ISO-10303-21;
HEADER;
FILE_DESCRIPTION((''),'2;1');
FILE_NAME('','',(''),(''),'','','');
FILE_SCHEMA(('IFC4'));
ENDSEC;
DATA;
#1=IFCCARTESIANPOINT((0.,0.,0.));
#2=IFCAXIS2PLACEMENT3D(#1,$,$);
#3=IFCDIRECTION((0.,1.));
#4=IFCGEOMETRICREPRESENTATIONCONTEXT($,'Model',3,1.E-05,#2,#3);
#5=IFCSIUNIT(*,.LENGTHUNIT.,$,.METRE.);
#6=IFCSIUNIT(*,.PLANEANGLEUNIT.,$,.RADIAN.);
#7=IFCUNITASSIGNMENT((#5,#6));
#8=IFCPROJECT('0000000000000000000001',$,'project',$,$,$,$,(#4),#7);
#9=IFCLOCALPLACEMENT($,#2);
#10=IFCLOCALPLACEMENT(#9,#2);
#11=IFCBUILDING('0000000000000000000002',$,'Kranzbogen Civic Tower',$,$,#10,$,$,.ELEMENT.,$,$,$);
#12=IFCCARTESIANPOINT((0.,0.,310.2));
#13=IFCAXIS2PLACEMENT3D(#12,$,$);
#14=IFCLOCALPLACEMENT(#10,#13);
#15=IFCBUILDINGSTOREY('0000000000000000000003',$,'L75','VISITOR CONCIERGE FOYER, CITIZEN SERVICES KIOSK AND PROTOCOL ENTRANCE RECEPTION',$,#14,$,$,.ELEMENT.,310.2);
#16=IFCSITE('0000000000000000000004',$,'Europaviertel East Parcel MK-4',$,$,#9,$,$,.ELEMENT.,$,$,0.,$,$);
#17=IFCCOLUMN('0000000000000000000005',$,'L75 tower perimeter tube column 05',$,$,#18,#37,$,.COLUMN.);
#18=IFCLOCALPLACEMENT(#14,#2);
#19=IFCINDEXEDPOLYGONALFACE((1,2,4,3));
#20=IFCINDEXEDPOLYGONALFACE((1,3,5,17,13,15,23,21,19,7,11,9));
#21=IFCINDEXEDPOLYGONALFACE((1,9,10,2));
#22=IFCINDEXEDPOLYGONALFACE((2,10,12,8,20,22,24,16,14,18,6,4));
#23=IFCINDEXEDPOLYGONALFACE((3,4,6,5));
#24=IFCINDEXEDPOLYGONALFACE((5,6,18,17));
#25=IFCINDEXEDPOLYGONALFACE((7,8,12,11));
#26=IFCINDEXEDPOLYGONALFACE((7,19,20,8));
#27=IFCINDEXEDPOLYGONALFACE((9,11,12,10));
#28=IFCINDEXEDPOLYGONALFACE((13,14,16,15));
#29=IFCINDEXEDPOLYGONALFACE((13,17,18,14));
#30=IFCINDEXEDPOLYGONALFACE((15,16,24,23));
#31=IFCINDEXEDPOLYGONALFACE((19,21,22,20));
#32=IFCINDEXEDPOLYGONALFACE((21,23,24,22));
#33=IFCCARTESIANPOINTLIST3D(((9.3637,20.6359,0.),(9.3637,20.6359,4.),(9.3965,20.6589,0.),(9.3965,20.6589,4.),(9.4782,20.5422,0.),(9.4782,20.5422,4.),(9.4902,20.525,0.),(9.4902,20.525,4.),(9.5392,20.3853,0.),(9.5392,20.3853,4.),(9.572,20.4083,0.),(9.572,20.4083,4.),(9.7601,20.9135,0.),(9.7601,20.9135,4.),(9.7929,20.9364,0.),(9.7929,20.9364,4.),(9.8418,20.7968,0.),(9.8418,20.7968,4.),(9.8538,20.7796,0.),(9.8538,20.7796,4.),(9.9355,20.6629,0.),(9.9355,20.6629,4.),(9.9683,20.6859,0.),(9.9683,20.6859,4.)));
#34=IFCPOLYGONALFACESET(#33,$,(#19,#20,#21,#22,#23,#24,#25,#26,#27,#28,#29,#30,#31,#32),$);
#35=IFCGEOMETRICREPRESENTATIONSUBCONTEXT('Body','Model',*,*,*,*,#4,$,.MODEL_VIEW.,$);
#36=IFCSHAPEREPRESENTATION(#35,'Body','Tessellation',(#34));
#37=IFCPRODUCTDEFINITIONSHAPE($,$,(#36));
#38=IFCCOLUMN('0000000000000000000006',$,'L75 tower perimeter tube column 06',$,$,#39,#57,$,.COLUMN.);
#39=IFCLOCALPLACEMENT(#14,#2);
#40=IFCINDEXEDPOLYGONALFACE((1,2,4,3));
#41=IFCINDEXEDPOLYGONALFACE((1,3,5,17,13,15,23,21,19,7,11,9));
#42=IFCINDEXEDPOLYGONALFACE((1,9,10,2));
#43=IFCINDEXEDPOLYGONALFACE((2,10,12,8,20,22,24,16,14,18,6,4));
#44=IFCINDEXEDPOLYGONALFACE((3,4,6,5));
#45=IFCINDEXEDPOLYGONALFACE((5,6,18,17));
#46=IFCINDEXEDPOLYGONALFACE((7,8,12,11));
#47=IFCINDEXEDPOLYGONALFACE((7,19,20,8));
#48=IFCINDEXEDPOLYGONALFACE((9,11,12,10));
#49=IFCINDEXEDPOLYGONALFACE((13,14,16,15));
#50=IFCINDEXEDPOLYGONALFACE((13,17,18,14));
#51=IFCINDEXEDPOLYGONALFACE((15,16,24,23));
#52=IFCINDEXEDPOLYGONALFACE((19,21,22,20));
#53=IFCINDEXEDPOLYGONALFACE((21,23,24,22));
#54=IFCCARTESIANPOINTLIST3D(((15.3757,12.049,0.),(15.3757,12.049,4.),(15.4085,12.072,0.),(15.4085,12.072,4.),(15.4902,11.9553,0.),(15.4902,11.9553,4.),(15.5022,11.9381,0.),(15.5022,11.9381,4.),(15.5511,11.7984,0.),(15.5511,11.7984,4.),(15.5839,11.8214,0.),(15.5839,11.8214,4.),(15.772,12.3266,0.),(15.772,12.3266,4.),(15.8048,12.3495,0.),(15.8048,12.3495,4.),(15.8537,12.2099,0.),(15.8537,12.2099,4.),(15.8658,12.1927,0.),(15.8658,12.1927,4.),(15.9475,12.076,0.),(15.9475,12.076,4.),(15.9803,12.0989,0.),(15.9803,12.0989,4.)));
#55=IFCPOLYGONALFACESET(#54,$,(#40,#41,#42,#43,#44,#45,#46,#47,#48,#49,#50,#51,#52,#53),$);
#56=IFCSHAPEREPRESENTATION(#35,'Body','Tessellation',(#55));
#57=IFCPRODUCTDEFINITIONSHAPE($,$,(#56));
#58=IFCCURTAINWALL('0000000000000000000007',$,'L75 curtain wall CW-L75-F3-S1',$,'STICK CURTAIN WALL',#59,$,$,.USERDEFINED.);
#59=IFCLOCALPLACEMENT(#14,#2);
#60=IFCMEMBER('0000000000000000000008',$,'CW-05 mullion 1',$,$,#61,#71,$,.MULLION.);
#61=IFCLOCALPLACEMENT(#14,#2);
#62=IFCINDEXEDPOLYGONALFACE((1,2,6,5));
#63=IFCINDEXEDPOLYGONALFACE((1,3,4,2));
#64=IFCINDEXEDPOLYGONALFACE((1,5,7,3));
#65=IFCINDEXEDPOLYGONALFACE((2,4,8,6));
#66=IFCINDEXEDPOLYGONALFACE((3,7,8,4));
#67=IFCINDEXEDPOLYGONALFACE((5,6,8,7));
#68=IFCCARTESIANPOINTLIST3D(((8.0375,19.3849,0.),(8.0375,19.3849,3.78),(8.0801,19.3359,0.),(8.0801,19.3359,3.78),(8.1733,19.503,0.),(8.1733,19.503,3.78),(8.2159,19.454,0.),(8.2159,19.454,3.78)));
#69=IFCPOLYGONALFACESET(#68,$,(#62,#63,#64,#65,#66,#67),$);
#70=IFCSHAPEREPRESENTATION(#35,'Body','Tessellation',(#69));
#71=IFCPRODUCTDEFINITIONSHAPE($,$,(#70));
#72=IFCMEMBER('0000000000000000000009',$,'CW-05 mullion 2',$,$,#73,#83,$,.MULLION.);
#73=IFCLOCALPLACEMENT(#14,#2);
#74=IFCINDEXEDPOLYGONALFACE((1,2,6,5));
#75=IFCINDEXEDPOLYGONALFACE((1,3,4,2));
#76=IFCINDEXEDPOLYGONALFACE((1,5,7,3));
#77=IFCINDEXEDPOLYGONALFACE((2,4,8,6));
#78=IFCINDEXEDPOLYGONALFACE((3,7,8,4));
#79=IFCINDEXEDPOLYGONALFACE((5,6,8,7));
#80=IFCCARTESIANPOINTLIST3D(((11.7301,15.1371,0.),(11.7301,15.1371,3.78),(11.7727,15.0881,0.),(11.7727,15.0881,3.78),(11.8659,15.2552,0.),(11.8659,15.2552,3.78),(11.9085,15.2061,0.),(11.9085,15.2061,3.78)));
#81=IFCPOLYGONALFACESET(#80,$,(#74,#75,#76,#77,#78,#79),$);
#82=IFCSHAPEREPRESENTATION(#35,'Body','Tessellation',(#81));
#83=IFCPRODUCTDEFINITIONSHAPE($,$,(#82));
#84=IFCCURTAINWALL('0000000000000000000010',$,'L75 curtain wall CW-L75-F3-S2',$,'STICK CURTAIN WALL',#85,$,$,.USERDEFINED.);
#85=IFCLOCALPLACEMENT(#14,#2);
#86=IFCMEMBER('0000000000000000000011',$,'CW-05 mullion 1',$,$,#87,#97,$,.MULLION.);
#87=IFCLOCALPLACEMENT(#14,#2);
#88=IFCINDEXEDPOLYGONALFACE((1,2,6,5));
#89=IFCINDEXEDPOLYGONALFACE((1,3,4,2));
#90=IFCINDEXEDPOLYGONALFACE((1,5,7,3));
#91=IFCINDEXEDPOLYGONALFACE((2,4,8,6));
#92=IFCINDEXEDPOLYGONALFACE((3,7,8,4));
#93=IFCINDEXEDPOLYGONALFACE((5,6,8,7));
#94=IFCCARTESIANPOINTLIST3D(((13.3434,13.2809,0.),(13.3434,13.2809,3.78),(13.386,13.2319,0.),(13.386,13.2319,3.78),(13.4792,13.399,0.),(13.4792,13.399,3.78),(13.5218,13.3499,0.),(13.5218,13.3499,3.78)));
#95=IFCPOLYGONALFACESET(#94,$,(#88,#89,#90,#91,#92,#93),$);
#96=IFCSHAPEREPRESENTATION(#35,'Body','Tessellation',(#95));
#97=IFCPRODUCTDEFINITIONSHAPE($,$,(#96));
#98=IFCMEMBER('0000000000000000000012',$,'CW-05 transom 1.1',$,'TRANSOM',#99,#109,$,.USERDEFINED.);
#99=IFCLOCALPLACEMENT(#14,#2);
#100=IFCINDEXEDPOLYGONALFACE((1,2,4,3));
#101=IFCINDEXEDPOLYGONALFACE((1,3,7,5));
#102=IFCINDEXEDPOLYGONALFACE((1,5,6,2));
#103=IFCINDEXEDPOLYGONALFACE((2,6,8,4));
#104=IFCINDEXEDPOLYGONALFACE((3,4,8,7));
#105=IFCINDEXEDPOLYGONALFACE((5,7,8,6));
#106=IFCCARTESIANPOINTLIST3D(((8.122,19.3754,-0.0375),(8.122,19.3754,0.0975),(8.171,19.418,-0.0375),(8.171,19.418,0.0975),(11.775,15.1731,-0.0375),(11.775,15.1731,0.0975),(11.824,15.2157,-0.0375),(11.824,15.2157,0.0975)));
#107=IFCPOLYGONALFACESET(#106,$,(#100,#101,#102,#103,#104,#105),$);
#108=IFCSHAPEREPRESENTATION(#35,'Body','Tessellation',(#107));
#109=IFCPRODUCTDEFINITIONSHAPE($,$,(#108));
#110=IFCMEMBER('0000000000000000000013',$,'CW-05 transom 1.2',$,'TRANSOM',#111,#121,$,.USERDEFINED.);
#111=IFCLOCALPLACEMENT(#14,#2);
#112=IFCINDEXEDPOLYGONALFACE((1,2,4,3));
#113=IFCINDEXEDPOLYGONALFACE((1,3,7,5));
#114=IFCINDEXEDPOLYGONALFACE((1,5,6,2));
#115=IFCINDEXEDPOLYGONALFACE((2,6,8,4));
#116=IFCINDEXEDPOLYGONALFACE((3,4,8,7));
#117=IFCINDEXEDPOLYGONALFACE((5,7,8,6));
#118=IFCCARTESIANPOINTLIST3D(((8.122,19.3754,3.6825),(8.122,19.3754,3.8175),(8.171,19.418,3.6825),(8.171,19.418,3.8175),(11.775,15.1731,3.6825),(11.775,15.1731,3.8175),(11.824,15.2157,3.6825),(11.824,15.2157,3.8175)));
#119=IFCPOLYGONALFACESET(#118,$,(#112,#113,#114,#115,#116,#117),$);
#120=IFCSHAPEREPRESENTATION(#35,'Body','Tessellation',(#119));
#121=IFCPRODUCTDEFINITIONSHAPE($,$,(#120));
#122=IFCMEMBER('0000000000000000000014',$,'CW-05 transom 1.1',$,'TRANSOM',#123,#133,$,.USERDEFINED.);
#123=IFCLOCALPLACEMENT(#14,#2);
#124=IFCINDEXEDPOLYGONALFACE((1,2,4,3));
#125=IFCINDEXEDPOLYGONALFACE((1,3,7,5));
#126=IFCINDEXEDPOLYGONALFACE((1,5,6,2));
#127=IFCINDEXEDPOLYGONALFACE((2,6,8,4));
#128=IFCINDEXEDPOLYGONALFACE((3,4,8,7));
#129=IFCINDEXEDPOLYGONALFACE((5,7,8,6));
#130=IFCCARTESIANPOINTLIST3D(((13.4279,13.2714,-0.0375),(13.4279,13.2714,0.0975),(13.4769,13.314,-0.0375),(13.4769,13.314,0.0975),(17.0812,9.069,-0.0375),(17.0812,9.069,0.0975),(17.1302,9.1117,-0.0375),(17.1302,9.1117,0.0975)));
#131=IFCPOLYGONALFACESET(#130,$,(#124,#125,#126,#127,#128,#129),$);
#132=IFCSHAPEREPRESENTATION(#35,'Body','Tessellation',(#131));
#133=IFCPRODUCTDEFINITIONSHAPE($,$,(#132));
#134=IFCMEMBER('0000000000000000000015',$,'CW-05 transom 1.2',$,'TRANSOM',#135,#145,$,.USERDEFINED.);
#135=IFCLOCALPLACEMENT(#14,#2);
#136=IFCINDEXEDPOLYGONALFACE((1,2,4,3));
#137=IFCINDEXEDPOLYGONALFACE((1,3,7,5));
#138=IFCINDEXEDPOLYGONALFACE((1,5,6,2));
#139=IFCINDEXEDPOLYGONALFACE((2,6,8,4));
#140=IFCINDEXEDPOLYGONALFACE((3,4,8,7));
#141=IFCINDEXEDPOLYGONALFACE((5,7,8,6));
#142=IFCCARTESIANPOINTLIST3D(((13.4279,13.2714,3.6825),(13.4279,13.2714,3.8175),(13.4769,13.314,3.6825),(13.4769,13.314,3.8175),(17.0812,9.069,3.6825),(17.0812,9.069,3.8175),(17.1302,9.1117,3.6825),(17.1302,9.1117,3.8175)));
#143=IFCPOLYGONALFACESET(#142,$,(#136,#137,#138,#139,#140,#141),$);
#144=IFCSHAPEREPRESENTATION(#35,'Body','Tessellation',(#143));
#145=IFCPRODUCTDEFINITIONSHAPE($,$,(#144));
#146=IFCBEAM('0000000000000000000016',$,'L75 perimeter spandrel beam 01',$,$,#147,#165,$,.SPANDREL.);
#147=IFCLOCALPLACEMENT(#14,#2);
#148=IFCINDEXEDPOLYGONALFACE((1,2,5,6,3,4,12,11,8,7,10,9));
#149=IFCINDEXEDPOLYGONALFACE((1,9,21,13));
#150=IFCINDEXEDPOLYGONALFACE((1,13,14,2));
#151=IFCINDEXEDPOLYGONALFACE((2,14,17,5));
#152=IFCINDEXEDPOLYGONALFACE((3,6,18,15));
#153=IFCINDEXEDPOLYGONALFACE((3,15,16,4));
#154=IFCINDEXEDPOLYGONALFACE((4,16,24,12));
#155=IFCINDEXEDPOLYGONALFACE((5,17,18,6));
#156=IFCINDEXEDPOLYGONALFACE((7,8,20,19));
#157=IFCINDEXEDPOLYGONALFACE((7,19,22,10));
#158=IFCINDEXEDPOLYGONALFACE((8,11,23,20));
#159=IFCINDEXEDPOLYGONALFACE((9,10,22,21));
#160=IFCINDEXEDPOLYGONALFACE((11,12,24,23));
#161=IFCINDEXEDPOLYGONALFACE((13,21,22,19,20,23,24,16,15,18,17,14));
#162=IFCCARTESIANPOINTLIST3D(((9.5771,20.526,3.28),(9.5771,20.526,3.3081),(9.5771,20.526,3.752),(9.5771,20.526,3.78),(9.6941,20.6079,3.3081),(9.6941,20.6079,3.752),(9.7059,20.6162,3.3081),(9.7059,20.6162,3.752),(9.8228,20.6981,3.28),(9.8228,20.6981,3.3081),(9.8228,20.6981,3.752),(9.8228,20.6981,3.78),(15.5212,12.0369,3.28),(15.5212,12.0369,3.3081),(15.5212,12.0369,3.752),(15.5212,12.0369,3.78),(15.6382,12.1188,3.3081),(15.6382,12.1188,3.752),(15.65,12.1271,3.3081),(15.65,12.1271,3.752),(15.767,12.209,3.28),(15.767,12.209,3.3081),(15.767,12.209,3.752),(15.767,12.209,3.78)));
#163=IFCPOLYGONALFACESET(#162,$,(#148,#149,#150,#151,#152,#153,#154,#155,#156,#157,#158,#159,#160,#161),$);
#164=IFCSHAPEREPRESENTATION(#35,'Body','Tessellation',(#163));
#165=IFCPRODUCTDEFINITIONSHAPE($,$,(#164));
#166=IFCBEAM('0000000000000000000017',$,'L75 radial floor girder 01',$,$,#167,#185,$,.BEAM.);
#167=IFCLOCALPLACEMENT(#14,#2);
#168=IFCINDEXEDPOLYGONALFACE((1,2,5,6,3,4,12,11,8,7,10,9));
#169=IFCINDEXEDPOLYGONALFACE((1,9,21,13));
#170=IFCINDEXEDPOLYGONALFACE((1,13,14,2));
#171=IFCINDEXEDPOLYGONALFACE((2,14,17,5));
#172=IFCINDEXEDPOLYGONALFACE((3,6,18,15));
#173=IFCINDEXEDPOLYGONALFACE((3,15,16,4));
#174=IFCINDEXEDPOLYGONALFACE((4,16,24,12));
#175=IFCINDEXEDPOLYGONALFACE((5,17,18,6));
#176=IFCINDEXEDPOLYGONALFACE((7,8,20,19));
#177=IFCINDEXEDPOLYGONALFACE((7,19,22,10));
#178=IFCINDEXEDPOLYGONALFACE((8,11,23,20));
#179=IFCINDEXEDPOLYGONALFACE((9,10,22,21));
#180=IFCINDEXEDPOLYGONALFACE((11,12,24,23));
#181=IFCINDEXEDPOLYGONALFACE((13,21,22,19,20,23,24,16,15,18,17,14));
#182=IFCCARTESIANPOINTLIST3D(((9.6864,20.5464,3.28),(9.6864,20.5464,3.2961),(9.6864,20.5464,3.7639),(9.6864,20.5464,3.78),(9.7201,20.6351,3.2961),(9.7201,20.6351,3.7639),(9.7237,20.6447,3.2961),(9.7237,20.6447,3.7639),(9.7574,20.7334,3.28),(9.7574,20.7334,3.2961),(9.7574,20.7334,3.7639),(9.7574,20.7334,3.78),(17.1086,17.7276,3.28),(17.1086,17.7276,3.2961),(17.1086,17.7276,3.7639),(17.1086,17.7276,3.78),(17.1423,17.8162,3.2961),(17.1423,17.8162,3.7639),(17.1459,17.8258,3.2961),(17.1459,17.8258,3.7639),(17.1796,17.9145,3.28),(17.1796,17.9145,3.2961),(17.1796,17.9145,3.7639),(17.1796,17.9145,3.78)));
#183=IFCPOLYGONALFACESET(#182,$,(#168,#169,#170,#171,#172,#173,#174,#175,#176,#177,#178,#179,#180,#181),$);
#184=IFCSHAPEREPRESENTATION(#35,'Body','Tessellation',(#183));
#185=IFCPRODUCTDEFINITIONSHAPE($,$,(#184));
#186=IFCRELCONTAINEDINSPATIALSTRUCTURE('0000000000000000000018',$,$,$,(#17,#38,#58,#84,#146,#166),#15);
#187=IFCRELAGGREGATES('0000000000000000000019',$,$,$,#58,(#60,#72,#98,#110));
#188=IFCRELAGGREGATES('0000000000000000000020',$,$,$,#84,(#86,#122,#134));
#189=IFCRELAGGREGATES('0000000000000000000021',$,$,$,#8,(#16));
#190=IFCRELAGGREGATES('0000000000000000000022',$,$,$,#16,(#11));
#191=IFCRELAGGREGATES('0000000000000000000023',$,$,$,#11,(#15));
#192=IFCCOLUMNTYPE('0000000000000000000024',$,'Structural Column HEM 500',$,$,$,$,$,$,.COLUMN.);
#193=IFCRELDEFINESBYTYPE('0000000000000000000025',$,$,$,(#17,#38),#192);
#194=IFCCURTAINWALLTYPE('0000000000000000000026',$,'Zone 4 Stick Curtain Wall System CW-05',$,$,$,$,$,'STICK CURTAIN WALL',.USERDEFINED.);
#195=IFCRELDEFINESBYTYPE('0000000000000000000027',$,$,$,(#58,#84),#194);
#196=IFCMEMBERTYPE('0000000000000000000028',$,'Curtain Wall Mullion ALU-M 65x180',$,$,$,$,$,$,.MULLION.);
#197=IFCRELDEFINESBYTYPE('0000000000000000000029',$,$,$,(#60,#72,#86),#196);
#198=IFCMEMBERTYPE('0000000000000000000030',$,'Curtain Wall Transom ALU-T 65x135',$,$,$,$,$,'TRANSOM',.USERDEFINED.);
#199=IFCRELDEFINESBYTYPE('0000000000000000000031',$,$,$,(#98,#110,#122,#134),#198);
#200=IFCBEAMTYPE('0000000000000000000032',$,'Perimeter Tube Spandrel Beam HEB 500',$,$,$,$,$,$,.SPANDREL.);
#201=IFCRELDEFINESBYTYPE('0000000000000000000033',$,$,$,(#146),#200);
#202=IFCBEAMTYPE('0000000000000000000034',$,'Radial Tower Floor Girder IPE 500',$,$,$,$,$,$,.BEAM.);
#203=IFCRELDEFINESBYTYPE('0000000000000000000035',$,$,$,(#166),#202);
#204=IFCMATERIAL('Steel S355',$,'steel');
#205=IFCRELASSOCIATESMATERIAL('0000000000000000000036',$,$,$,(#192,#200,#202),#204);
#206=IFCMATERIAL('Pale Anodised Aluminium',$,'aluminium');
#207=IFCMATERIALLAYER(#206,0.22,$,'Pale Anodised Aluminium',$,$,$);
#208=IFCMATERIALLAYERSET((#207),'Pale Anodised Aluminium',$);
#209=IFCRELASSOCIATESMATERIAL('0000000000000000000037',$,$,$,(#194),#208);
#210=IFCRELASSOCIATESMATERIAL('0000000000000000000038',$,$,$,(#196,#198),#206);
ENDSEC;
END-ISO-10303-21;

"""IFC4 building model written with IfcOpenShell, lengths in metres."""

from ifc_helpers import new_model, si_unit, direction, frame, origin, origin_2d, place, context, subcontext, project, spatial, rectangle, i_section, extrude, material, layer, layer_set, material_profile, profile_set, type_object, element, aggregate, save


model = new_model("IFC4")

# Units and contexts
model_context = context("Model", 3, precision=1e-05, world=origin(), true_north=direction((0.0, 1.0)))
body_context = subcontext(model_context, "Body", "Model", "MODEL_VIEW")
ifc_project = project(units=[si_unit("LENGTHUNIT", "METRE"), si_unit("PLANEANGLEUNIT", "RADIAN")], contexts=[model_context])

# Site, building, storey
site_placement = place(None, origin())
site = spatial("IfcSite", under=ifc_project, at=site_placement, Name="Europaviertel East Parcel MK-4", CompositionType="ELEMENT", RefElevation=0.0)
building_placement = place(site_placement, origin())
building = spatial("IfcBuilding", under=site, at=building_placement, Name="Kranzbogen Civic Tower", CompositionType="ELEMENT")
storey_placement = place(building_placement, frame((0.0, 0.0, 310.2)))
storey = spatial("IfcBuildingStorey", under=building, at=storey_placement, Name="L75", Description="VISITOR CONCIERGE FOYER, CITIZEN SERVICES KIOSK AND PROTOCOL ENTRANCE RECEPTION", CompositionType="ELEMENT", Elevation=310.2)

# Columns
ifc_material_1 = material(Name="Steel S355", Category="steel")
ifc_material_profile_1 = material_profile(ifc_material_1, i_section(OverallWidth=0.3059, OverallDepth=0.5239, WebThickness=0.021, FlangeThickness=0.04, at=origin_2d()), Name="HEM 500")
ifc_profile_set_1 = profile_set([ifc_material_profile_1], Name="Steel S355")
column_type = type_object("IfcColumnType", Name="Structural Column HEM 500", PredefinedType="COLUMN", material=ifc_profile_set_1)
for number, where, z_axis, x_axis, name in (
    (1, (9.666, 20.6609, 0.0), (0.0, 0.0, 1.0), (-0.573576, 0.819152, 0.0), "L75 tower perimeter tube column 05"),
    (2, (15.678, 12.074, 0.0), (0.0, 0.0, 1.0), (-0.573576, 0.819152, 0.0), "L75 tower perimeter tube column 06"),
):
    element("IfcColumn", number, at=place(storey_placement, frame(where, z_axis=z_axis, x_axis=x_axis)), inside=storey, type_object=column_type, Name=name, PredefinedType="COLUMN", context=body_context, shape_type="SweptSolid", body=[
        extrude(i_section(OverallWidth=0.3059, OverallDepth=0.5239, WebThickness=0.021, FlangeThickness=0.04, at=origin_2d()), origin(), (0.0, 0.0, 1.0), 4.0),
    ])

# Curtain wall, members
ifc_material_2 = material(Name="Pale Anodised Aluminium", Category="aluminium")
ifc_layer_1 = layer(ifc_material_2, 0.22, Name="Pale Anodised Aluminium")
ifc_layer_set_1 = layer_set([ifc_layer_1], Name="Pale Anodised Aluminium")
curtain_wall_type = type_object("IfcCurtainWallType", Name="Zone 4 Stick Curtain Wall System CW-05", ElementType="STICK CURTAIN WALL", PredefinedType="USERDEFINED", material=ifc_layer_set_1)
curtain_wall_1_placement = place(storey_placement, origin())
curtain_wall_1 = element("IfcCurtainWall", 3, at=curtain_wall_1_placement, inside=storey, type_object=curtain_wall_type, Name="L75 curtain wall CW-L75-F3-S1", ObjectType="STICK CURTAIN WALL", PredefinedType="USERDEFINED")
ifc_material_profile_2 = material_profile(ifc_material_2, rectangle(XDim=0.0649, YDim=0.1799, at=origin_2d()), Name="ALU-M 65x180")
ifc_profile_set_2 = profile_set([ifc_material_profile_2], Name="Pale Anodised Aluminium")
member_type_1 = type_object("IfcMemberType", Name="Curtain Wall Mullion ALU-M 65x180", PredefinedType="MULLION", material=ifc_profile_set_2)
member_1_placement = place(storey_placement, frame((8.1267, 19.4194, 0.0), z_axis=(0.0, 0.0, 1.0), x_axis=(0.656074, -0.754696, 0.0)))
member_1 = element("IfcMember", 4, at=member_1_placement, type_object=member_type_1, Name="CW-05 mullion 1", PredefinedType="MULLION", context=body_context, shape_type="SweptSolid", body=[
    extrude(rectangle(XDim=0.0649, YDim=0.1799, at=origin_2d()), origin(), (0.0, 0.0, 1.0), 3.78),
])
member_2_placement = place(storey_placement, frame((11.8193, 15.1716, 0.0), z_axis=(0.0, 0.0, 1.0), x_axis=(0.656074, -0.754696, 0.0)))
member_2 = element("IfcMember", 5, at=member_2_placement, type_object=member_type_1, Name="CW-05 mullion 2", PredefinedType="MULLION", context=body_context, shape_type="SweptSolid", body=[
    extrude(rectangle(XDim=0.0649, YDim=0.1799, at=origin_2d()), origin(), (0.0, 0.0, 1.0), 3.78),
])

# Curtain wall, member
curtain_wall_2_placement = place(storey_placement, origin())
curtain_wall_2 = element("IfcCurtainWall", 6, at=curtain_wall_2_placement, inside=storey, type_object=curtain_wall_type, Name="L75 curtain wall CW-L75-F3-S2", ObjectType="STICK CURTAIN WALL", PredefinedType="USERDEFINED")
member_3_placement = place(storey_placement, frame((13.4326, 13.3154, 0.0), z_axis=(0.0, 0.0, 1.0), x_axis=(0.656074, -0.754696, 0.0)))
member_3 = element("IfcMember", 7, at=member_3_placement, type_object=member_type_1, Name="CW-05 mullion 1", PredefinedType="MULLION", context=body_context, shape_type="SweptSolid", body=[
    extrude(rectangle(XDim=0.0649, YDim=0.1799, at=origin_2d()), origin(), (0.0, 0.0, 1.0), 3.78),
])

# Members
ifc_material_profile_3 = material_profile(ifc_material_2, rectangle(XDim=0.0649, YDim=0.135, at=origin_2d()), Name="ALU-T 65x135")
ifc_profile_set_3 = profile_set([ifc_material_profile_3], Name="Pale Anodised Aluminium")
member_type_2 = type_object("IfcMemberType", Name="Curtain Wall Transom ALU-T 65x135", ElementType="TRANSOM", PredefinedType="USERDEFINED", material=ifc_profile_set_3)
member_4_placement = place(storey_placement, frame((8.1465, 19.3967, 0.03), z_axis=(0.656058, -0.75471, 0.0), x_axis=(0.75471, 0.656058, 0.0)))
member_4 = element("IfcMember", 8, at=member_4_placement, type_object=member_type_2, Name="CW-05 transom 1.1", ObjectType="TRANSOM", PredefinedType="USERDEFINED", context=body_context, shape_type="SweptSolid", body=[
    extrude(rectangle(XDim=0.0649, YDim=0.135, at=origin_2d()), origin(), (0.0, 0.0, 1.0), 5.5681),
])
member_5_placement = place(storey_placement, frame((8.1465, 19.3967, 3.75), z_axis=(0.656058, -0.75471, 0.0), x_axis=(0.75471, 0.656058, 0.0)))
member_5 = element("IfcMember", 9, at=member_5_placement, type_object=member_type_2, Name="CW-05 transom 1.2", ObjectType="TRANSOM", PredefinedType="USERDEFINED", context=body_context, shape_type="SweptSolid", body=[
    extrude(rectangle(XDim=0.0649, YDim=0.135, at=origin_2d()), origin(), (0.0, 0.0, 1.0), 5.5681),
])
member_6_placement = place(storey_placement, frame((13.4524, 13.2927, 0.03), z_axis=(0.656083, -0.754689, 0.0), x_axis=(0.754689, 0.656083, 0.0)))
member_6 = element("IfcMember", 10, at=member_6_placement, type_object=member_type_2, Name="CW-05 transom 1.1", ObjectType="TRANSOM", PredefinedType="USERDEFINED", context=body_context, shape_type="SweptSolid", body=[
    extrude(rectangle(XDim=0.0649, YDim=0.135, at=origin_2d()), origin(), (0.0, 0.0, 1.0), 5.5684),
])
member_7_placement = place(storey_placement, frame((13.4524, 13.2927, 3.75), z_axis=(0.656083, -0.754689, 0.0), x_axis=(0.754689, 0.656083, 0.0)))
member_7 = element("IfcMember", 11, at=member_7_placement, type_object=member_type_2, Name="CW-05 transom 1.2", ObjectType="TRANSOM", PredefinedType="USERDEFINED", context=body_context, shape_type="SweptSolid", body=[
    extrude(rectangle(XDim=0.0649, YDim=0.135, at=origin_2d()), origin(), (0.0, 0.0, 1.0), 5.5684),
])

# Beams
ifc_material_profile_4 = material_profile(ifc_material_1, i_section(OverallWidth=0.3, OverallDepth=0.5, WebThickness=0.0144, FlangeThickness=0.0281, at=origin_2d()), Name="HEB 500")
ifc_profile_set_4 = profile_set([ifc_material_profile_4], Name="Steel S355")
beam_type_1 = type_object("IfcBeamType", Name="Perimeter Tube Spandrel Beam HEB 500", PredefinedType="SPANDREL", material=ifc_profile_set_4)
beam_1_placement = place(storey_placement, frame((9.7, 20.6121, 3.53), z_axis=(0.573578, -0.819151, 0.0), x_axis=(0.819151, 0.573578, 0.0)))
element("IfcBeam", 12, at=beam_1_placement, inside=storey, type_object=beam_type_1, Name="L75 perimeter spandrel beam 01", PredefinedType="SPANDREL", context=body_context, shape_type="SweptSolid", body=[
    extrude(i_section(OverallWidth=0.3, OverallDepth=0.5, WebThickness=0.0144, FlangeThickness=0.0281, at=origin_2d()), origin(), (0.0, 0.0, 1.0), 10.3633),
])
ifc_material_profile_5 = material_profile(ifc_material_1, i_section(OverallWidth=0.2, OverallDepth=0.5, WebThickness=0.0103, FlangeThickness=0.0161, at=origin_2d()), Name="IPE 500")
ifc_profile_set_5 = profile_set([ifc_material_profile_5], Name="Steel S355")
beam_type_2 = type_object("IfcBeamType", Name="Radial Tower Floor Girder IPE 500", PredefinedType="BEAM", material=ifc_profile_set_5)
beam_2_placement = place(storey_placement, frame((9.7219, 20.6399, 3.53), z_axis=(0.934849, -0.355046, 0.0), x_axis=(0.355046, 0.934849, 0.0)))
element("IfcBeam", 13, at=beam_2_placement, inside=storey, type_object=beam_type_2, Name="L75 radial floor girder 01", PredefinedType="BEAM", context=body_context, shape_type="SweptSolid", body=[
    extrude(i_section(OverallWidth=0.2, OverallDepth=0.5, WebThickness=0.0103, FlangeThickness=0.0161, at=origin_2d()), origin(), (0.0, 0.0, 1.0), 7.9395),
])

aggregate(curtain_wall_1, [member_1, member_2, member_4, member_5])
aggregate(curtain_wall_2, [member_3, member_6, member_7])

save(model, "model.ifc")
